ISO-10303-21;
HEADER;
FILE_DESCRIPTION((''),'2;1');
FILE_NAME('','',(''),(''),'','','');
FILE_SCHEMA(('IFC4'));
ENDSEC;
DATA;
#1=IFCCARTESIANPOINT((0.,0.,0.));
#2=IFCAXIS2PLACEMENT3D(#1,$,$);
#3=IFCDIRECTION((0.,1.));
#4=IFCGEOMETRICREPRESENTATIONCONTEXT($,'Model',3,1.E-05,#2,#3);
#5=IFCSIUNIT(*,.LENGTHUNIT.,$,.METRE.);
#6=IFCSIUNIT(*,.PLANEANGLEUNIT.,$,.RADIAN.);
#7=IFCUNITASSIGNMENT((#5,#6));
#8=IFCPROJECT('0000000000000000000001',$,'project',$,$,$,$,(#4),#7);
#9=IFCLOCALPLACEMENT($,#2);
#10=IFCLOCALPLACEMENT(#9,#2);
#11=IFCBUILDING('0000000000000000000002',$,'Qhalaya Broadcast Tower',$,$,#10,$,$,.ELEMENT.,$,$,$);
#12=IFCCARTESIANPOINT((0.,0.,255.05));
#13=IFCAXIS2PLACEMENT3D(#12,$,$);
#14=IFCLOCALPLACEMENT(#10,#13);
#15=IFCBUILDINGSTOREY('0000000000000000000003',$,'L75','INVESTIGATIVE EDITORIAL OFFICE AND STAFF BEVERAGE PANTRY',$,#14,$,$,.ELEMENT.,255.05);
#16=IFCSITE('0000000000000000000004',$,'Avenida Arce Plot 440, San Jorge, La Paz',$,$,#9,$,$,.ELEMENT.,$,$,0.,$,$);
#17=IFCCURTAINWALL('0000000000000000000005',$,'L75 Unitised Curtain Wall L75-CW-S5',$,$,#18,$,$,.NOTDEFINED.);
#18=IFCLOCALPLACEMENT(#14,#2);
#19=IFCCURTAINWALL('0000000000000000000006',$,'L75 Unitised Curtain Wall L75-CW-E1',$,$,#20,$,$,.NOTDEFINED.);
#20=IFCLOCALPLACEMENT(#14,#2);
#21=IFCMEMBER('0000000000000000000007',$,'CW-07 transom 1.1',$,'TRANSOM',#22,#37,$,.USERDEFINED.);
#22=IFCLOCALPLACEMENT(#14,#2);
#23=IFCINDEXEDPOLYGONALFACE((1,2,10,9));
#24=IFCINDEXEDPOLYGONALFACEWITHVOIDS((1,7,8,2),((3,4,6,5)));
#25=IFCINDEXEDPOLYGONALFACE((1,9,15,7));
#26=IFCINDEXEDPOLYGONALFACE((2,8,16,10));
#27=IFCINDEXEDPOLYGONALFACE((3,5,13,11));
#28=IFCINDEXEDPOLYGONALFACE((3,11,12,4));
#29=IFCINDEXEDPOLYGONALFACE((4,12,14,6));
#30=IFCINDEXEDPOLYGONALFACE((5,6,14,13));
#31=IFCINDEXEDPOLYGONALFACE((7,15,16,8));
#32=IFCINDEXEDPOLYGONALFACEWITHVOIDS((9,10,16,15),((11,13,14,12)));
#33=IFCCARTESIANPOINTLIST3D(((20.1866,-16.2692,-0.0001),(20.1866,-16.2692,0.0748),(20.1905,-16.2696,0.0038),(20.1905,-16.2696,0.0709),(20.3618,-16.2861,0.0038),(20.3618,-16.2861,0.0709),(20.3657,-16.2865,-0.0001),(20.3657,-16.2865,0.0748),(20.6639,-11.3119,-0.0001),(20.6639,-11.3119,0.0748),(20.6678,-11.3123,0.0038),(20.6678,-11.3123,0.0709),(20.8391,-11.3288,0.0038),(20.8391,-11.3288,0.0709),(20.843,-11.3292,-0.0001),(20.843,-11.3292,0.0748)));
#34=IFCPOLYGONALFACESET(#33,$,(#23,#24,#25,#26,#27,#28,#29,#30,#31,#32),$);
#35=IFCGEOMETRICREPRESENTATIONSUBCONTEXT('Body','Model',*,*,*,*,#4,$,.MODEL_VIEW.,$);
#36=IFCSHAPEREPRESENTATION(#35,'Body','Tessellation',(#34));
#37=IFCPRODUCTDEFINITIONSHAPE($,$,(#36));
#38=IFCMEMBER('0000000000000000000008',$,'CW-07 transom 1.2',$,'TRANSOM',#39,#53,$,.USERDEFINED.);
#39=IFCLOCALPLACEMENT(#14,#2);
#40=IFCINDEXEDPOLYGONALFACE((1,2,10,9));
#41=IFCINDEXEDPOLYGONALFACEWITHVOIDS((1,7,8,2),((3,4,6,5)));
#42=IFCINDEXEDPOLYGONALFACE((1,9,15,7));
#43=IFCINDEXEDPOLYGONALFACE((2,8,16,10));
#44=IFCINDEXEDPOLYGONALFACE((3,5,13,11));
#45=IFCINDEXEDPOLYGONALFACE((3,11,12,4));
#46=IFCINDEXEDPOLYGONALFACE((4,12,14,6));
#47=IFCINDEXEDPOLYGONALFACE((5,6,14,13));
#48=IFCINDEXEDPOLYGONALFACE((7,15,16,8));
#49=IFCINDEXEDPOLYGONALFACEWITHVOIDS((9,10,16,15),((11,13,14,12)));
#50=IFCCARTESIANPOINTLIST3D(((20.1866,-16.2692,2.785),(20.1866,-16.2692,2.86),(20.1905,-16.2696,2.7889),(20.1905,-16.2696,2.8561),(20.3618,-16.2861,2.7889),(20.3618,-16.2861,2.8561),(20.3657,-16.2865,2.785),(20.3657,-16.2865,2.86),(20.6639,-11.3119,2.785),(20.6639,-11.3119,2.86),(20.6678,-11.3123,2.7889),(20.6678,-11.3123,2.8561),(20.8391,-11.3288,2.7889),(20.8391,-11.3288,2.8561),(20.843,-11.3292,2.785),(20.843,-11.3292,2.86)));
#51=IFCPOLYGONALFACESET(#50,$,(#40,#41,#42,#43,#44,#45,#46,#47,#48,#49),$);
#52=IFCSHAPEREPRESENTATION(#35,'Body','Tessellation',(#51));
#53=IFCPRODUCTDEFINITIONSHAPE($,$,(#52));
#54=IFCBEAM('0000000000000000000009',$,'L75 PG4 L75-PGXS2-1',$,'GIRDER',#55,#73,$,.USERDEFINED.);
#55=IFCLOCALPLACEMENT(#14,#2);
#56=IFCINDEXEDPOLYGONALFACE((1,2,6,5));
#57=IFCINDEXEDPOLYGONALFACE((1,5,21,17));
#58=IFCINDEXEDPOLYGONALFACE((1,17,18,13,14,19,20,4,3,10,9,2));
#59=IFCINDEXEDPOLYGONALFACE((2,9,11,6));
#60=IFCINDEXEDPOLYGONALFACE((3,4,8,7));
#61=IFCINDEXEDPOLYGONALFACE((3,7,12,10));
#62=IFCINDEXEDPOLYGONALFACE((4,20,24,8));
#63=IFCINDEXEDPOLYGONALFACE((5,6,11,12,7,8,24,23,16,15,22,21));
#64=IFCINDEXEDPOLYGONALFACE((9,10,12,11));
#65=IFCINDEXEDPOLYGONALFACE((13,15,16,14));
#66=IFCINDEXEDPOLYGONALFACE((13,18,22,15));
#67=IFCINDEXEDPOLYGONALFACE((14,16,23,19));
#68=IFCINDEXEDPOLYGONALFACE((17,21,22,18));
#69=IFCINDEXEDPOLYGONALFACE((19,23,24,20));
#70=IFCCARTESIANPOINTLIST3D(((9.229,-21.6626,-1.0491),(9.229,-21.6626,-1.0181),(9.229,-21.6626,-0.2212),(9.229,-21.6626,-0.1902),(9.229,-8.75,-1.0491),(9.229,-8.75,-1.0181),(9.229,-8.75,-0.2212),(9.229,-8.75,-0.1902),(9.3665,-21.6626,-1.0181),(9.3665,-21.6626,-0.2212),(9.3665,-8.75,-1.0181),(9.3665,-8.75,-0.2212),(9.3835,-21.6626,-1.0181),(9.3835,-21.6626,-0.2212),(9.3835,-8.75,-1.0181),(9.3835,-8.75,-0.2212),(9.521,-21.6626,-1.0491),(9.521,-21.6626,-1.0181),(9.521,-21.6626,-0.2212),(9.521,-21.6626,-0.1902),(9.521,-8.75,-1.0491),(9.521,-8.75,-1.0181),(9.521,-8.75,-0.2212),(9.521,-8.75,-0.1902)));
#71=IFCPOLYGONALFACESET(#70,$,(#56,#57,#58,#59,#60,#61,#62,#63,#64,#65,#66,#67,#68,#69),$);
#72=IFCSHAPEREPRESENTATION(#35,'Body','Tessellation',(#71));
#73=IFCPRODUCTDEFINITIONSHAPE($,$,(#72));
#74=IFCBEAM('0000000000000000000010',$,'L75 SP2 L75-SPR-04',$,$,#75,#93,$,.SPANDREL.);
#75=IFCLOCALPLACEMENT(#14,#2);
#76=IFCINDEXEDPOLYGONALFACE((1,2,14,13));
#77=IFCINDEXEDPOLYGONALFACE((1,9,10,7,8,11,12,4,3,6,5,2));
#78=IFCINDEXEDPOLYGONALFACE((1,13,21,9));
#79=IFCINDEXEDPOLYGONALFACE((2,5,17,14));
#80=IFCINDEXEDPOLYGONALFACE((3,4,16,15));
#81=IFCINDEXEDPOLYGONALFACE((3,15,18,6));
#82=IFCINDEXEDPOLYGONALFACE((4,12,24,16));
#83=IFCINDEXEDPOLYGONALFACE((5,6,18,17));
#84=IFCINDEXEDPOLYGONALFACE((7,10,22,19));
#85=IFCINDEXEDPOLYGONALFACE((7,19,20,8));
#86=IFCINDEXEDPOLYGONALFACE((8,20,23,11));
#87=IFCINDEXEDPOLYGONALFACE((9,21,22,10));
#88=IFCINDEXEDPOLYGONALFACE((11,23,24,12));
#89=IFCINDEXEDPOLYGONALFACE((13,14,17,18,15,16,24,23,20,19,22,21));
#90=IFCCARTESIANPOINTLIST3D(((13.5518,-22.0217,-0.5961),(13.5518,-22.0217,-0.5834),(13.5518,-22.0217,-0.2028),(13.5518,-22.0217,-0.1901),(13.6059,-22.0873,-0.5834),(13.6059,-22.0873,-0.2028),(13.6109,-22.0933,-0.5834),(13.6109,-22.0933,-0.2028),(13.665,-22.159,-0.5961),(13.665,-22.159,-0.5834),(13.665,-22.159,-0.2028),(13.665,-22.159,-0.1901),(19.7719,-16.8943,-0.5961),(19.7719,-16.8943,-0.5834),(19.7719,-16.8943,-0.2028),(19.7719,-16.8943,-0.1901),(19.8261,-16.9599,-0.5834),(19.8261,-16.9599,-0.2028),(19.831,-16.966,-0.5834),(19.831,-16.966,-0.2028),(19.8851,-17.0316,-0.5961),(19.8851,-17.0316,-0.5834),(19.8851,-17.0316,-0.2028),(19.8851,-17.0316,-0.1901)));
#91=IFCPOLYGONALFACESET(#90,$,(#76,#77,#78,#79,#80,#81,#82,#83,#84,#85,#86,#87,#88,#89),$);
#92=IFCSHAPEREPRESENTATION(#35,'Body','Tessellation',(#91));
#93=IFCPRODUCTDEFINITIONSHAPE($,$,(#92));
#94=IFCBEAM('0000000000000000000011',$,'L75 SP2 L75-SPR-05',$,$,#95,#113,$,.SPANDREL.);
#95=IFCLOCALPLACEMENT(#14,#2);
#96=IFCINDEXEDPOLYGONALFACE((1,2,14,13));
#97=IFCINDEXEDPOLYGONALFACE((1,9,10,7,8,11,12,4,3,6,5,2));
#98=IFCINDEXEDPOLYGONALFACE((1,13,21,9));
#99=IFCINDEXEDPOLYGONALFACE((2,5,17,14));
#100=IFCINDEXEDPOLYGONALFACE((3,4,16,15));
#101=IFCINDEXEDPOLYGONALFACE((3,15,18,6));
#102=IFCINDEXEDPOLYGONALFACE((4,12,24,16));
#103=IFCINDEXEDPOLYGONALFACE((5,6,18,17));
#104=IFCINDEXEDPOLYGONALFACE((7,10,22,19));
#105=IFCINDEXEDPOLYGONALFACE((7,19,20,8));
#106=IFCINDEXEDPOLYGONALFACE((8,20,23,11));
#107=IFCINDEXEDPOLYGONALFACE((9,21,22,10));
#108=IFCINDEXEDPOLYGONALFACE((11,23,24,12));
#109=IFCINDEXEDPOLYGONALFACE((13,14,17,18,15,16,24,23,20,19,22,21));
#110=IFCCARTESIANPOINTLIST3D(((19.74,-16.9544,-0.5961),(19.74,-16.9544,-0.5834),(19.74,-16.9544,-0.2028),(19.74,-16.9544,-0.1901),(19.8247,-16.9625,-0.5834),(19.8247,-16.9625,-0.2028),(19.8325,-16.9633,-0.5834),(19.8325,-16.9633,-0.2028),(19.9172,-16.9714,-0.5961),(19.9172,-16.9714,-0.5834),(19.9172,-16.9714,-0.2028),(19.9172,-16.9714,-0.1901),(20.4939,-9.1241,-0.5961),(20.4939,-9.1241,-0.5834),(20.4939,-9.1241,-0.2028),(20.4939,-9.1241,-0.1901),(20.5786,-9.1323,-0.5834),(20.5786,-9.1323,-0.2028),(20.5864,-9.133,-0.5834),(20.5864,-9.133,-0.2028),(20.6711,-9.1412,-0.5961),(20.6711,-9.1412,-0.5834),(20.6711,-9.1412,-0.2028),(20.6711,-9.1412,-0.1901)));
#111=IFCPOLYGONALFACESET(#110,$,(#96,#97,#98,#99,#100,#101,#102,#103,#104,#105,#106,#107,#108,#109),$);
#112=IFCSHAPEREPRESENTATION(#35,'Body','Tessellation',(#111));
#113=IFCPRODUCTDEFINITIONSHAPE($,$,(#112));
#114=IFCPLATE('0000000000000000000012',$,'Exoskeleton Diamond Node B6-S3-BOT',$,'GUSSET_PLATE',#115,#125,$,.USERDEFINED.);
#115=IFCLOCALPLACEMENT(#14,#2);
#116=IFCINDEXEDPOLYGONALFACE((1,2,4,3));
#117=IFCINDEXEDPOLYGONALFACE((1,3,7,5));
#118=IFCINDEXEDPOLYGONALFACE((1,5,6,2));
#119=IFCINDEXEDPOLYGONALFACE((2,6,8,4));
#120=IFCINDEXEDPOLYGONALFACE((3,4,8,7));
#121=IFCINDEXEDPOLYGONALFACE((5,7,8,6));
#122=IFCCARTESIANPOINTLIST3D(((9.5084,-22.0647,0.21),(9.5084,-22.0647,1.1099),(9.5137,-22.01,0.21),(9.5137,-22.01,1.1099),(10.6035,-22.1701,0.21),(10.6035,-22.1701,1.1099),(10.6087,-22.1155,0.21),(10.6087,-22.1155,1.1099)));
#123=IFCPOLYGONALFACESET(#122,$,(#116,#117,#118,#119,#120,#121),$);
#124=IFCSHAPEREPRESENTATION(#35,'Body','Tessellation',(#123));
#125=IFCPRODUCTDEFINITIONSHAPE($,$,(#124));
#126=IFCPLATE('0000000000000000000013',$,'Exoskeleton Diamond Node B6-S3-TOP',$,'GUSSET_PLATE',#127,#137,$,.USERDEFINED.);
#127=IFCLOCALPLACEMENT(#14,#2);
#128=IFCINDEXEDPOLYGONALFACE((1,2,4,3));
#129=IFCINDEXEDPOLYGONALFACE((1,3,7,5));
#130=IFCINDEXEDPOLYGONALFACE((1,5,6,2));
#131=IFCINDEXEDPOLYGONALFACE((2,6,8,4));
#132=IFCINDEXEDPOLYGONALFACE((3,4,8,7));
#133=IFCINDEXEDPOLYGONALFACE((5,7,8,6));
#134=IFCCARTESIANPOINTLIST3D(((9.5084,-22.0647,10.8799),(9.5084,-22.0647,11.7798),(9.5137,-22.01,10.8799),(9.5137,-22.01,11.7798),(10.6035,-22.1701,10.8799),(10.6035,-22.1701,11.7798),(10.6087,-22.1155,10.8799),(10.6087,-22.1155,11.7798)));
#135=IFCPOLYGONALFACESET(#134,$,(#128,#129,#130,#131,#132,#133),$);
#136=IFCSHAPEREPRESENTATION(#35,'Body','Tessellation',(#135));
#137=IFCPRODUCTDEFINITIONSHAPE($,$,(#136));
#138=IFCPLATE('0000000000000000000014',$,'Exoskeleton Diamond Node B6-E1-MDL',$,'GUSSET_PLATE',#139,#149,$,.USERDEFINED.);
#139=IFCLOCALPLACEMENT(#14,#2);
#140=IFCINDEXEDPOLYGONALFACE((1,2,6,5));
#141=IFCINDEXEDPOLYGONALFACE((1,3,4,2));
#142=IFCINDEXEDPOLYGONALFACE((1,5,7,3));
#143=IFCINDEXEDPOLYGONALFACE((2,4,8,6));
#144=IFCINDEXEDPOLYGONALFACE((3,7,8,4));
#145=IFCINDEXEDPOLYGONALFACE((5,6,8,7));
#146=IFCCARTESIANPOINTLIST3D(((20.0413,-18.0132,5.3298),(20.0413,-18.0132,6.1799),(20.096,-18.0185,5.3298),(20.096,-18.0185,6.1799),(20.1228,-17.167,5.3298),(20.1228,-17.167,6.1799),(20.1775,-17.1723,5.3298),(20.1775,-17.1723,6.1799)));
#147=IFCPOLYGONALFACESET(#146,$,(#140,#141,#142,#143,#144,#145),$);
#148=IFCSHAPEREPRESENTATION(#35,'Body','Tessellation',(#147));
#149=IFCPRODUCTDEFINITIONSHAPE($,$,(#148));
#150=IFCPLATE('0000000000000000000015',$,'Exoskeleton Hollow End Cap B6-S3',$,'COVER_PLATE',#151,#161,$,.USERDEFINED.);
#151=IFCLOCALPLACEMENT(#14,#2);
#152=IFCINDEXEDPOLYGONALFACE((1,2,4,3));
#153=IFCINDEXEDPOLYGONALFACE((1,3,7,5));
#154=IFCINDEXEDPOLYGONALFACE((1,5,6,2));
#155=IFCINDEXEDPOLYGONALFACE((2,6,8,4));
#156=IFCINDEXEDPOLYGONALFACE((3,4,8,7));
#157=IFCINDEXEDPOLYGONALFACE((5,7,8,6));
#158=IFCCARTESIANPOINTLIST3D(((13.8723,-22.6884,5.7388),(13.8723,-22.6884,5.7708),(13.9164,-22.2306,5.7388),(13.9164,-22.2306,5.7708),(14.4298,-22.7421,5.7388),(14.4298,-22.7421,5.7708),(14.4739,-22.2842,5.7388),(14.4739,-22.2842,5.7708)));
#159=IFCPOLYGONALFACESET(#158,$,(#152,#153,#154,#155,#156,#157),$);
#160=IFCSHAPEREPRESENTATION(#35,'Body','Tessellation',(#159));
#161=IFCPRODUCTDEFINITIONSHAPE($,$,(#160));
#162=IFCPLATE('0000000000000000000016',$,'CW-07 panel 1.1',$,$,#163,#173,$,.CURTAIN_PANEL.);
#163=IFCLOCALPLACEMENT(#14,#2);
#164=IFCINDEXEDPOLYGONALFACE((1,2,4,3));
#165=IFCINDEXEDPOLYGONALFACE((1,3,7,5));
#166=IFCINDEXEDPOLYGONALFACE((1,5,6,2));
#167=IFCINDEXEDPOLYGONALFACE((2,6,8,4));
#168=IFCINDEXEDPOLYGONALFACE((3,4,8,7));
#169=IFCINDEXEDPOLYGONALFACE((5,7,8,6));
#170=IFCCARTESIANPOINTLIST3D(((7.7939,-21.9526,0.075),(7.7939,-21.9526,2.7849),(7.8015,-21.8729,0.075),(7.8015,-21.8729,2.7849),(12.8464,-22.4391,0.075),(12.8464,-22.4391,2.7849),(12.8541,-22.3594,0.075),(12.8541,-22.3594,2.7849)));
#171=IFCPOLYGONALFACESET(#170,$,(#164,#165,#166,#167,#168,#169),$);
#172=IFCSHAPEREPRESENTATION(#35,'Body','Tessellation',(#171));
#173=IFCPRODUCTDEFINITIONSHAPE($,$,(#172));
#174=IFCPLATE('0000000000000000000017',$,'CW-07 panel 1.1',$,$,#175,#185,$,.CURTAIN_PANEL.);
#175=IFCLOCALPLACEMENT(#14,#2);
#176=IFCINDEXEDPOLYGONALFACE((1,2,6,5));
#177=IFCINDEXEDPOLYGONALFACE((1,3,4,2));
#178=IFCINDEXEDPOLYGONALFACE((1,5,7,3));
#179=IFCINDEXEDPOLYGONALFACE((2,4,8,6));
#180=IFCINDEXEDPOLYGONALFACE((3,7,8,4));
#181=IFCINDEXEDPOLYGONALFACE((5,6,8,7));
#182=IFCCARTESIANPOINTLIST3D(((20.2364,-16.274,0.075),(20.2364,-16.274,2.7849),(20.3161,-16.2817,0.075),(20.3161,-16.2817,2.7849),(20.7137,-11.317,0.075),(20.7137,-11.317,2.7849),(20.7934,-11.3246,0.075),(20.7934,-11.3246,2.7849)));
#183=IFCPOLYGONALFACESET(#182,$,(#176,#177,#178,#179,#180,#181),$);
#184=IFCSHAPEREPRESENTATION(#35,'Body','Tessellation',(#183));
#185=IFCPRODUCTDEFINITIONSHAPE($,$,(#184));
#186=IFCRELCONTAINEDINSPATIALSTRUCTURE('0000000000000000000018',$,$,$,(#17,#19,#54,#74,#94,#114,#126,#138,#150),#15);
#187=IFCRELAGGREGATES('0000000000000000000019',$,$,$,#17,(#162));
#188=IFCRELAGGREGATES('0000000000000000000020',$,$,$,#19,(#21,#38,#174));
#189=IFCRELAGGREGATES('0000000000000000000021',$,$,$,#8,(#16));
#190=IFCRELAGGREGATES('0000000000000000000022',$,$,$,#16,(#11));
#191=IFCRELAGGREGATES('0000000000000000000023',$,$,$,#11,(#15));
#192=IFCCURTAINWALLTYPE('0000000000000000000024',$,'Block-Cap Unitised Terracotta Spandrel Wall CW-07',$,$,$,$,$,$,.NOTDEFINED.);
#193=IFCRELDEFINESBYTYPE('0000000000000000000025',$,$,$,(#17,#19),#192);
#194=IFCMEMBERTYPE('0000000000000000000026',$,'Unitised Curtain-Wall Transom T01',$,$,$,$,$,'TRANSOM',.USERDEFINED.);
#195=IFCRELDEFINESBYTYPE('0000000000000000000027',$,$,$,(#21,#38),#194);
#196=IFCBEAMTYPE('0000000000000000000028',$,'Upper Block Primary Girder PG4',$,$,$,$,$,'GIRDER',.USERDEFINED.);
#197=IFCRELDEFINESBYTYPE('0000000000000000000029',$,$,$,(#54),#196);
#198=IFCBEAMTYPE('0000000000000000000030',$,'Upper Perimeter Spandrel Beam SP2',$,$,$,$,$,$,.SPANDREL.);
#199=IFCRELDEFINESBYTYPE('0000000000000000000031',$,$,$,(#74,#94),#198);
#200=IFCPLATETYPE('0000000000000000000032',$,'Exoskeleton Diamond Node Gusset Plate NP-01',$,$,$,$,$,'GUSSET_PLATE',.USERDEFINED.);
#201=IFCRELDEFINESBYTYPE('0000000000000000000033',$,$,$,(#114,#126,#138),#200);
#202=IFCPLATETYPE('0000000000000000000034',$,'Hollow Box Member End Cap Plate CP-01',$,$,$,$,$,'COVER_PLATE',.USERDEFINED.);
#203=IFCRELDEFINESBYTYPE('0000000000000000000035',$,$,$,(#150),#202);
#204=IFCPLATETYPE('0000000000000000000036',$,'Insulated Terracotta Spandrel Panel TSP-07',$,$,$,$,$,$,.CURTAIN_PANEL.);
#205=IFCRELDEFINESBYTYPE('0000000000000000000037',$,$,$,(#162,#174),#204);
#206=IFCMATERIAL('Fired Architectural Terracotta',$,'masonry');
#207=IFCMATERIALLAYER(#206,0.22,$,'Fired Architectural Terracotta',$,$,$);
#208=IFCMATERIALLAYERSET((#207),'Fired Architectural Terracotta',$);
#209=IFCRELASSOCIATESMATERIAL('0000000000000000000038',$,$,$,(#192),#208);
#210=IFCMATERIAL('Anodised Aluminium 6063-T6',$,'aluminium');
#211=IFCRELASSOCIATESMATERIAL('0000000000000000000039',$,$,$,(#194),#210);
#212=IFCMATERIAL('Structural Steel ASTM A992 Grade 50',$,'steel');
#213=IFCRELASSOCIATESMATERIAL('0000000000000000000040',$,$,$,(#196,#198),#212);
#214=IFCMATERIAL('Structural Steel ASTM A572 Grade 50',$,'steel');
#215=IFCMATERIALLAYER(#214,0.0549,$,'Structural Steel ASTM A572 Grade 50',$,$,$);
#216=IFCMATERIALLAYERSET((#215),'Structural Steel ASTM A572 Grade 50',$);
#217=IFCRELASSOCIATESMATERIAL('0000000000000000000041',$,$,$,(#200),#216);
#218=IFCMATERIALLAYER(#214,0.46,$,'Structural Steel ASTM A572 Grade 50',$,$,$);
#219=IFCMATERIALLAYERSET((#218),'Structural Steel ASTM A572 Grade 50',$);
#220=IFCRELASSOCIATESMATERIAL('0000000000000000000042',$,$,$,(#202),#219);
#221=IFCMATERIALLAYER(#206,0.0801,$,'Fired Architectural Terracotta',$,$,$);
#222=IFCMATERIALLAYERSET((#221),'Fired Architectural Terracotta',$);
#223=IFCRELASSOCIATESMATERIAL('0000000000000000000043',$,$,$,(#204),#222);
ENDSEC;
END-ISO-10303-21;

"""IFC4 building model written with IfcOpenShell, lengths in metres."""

from ifc_helpers import new_model, si_unit, direction, frame, origin, origin_2d, place, context, subcontext, project, spatial, rectangle, hollow_rectangle, i_section, extrude, material, layer, layer_set, material_profile, profile_set, type_object, element, aggregate, save


model = new_model("IFC4")

# Units and contexts
model_context = context("Model", 3, precision=1e-05, world=origin(), true_north=direction((0.0, 1.0)))
body_context = subcontext(model_context, "Body", "Model", "MODEL_VIEW")
ifc_project = project(units=[si_unit("LENGTHUNIT", "METRE"), si_unit("PLANEANGLEUNIT", "RADIAN")], contexts=[model_context])

# Site, building, storey
site_placement = place(None, origin())
site = spatial("IfcSite", under=ifc_project, at=site_placement, Name="Avenida Arce Plot 440, San Jorge, La Paz", CompositionType="ELEMENT", RefElevation=0.0)
building_placement = place(site_placement, origin())
building = spatial("IfcBuilding", under=site, at=building_placement, Name="Qhalaya Broadcast Tower", CompositionType="ELEMENT")
storey_placement = place(building_placement, frame((0.0, 0.0, 255.05)))
storey = spatial("IfcBuildingStorey", under=building, at=storey_placement, Name="L75", Description="INVESTIGATIVE EDITORIAL OFFICE AND STAFF BEVERAGE PANTRY", CompositionType="ELEMENT", Elevation=255.05)

# Shared definitions
ifc_material_1 = material(Name="Structural Steel ASTM A572 Grade 50", Category="steel")

# Shared definitions
ifc_material_2 = material(Name="Structural Steel ASTM A992 Grade 50", Category="steel")

# Curtain walls
ifc_material_3 = material(Name="Fired Architectural Terracotta", Category="masonry")
ifc_layer_1 = layer(ifc_material_3, 0.22, Name="Fired Architectural Terracotta")
ifc_layer_set_1 = layer_set([ifc_layer_1], Name="Fired Architectural Terracotta")
curtain_wall_type = type_object("IfcCurtainWallType", Name="Block-Cap Unitised Terracotta Spandrel Wall CW-07", PredefinedType="NOTDEFINED", material=ifc_layer_set_1)
curtain_wall_1_placement = place(storey_placement, origin())
curtain_wall_1 = element("IfcCurtainWall", 1, at=curtain_wall_1_placement, inside=storey, type_object=curtain_wall_type, Name="L75 Unitised Curtain Wall L75-CW-S5", PredefinedType="NOTDEFINED")
ifc_material_4 = material(Name="Anodised Aluminium 6063-T6", Category="aluminium")
curtain_wall_2_placement = place(storey_placement, origin())
curtain_wall_2 = element("IfcCurtainWall", 2, at=curtain_wall_2_placement, inside=storey, type_object=curtain_wall_type, Name="L75 Unitised Curtain Wall L75-CW-E1", PredefinedType="NOTDEFINED")

# Members
ifc_material_profile_1 = material_profile(ifc_material_4, hollow_rectangle(XDim=0.075, YDim=0.1799, WallThickness=0.0039, at=origin_2d()), Name="ALU-TRN 75x180x4")
ifc_profile_set_1 = profile_set([ifc_material_profile_1], Name="Anodised Aluminium 6063-T6")
member_type_1 = type_object("IfcMemberType", Name="Unitised Curtain-Wall Transom T01", ElementType="TRANSOM", PredefinedType="USERDEFINED", material=ifc_profile_set_1)
member_1_placement = place(storey_placement, frame((20.2761, -16.2778, 0.0374), z_axis=(0.095839, 0.995397, 0.0), x_axis=(0.0, 0.0, 1.0)))
member_1 = element("IfcMember", 3, at=member_1_placement, type_object=member_type_1, Name="CW-07 transom 1.1", ObjectType="TRANSOM", PredefinedType="USERDEFINED", context=body_context, shape_type="SweptSolid", body=[
    extrude(hollow_rectangle(XDim=0.075, YDim=0.1799, WallThickness=0.0039, at=origin_2d()), origin(), (0.0, 0.0, 1.0), 4.9802),
])
member_2_placement = place(storey_placement, frame((20.2761, -16.2778, 2.8225), z_axis=(0.095839, 0.995397, 0.0), x_axis=(0.0, 0.0, 1.0)))
member_2 = element("IfcMember", 4, at=member_2_placement, type_object=member_type_1, Name="CW-07 transom 1.2", ObjectType="TRANSOM", PredefinedType="USERDEFINED", context=body_context, shape_type="SweptSolid", body=[
    extrude(hollow_rectangle(XDim=0.075, YDim=0.1799, WallThickness=0.0039, at=origin_2d()), origin(), (0.0, 0.0, 1.0), 4.9802),
])

# Beams
ifc_material_profile_2 = material_profile(ifc_material_2, i_section(OverallWidth=0.292, OverallDepth=0.8589, WebThickness=0.0171, FlangeThickness=0.031, at=origin_2d()), Name="W33X169")
ifc_profile_set_2 = profile_set([ifc_material_profile_2], Name="Structural Steel ASTM A992 Grade 50")
beam_type_1 = type_object("IfcBeamType", Name="Upper Block Primary Girder PG4", ElementType="GIRDER", PredefinedType="USERDEFINED", material=ifc_profile_set_2)
beam_1_placement = place(storey_placement, frame((9.375, -21.6626, -0.6196), z_axis=(0.0, 1.0, 0.0), x_axis=(-1.0, 0.0, 0.0)))
element("IfcBeam", 5, at=beam_1_placement, inside=storey, type_object=beam_type_1, Name="L75 PG4 L75-PGXS2-1", ObjectType="GIRDER", PredefinedType="USERDEFINED", context=body_context, shape_type="SweptSolid", body=[
    extrude(i_section(OverallWidth=0.292, OverallDepth=0.8589, WebThickness=0.0171, FlangeThickness=0.031, at=origin_2d()), origin(), (0.0, 0.0, 1.0), 12.9126),
])
ifc_material_profile_3 = material_profile(ifc_material_2, i_section(OverallWidth=0.178, OverallDepth=0.406, WebThickness=0.0078, FlangeThickness=0.0127, at=origin_2d()), Name="W16X40")
ifc_profile_set_3 = profile_set([ifc_material_profile_3], Name="Structural Steel ASTM A992 Grade 50")
beam_type_2 = type_object("IfcBeamType", Name="Upper Perimeter Spandrel Beam SP2", PredefinedType="SPANDREL", material=ifc_profile_set_3)
beam_2_placement = place(storey_placement, frame((13.6084, -22.0903, -0.3931), z_axis=(0.771631, 0.63607, 0.0), x_axis=(-0.63607, 0.771631, 0.0)))
element("IfcBeam", 6, at=beam_2_placement, inside=storey, type_object=beam_type_2, Name="L75 SP2 L75-SPR-04", PredefinedType="SPANDREL", context=body_context, shape_type="SweptSolid", body=[
    extrude(i_section(OverallWidth=0.178, OverallDepth=0.406, WebThickness=0.0078, FlangeThickness=0.0127, at=origin_2d()), origin(), (0.0, 0.0, 1.0), 8.061),
])
beam_3_placement = place(storey_placement, frame((19.8286, -16.9629, -0.3931), z_axis=(0.095837, 0.995397, 0.0), x_axis=(-0.995397, 0.095837, 0.0)))
element("IfcBeam", 7, at=beam_3_placement, inside=storey, type_object=beam_type_2, Name="L75 SP2 L75-SPR-05", PredefinedType="SPANDREL", context=body_context, shape_type="SweptSolid", body=[
    extrude(i_section(OverallWidth=0.178, OverallDepth=0.406, WebThickness=0.0078, FlangeThickness=0.0127, at=origin_2d()), origin(), (0.0, 0.0, 1.0), 7.8665),
])

# Plates
ifc_layer_2 = layer(ifc_material_1, 0.0549, Name="Structural Steel ASTM A572 Grade 50")
ifc_layer_set_2 = layer_set([ifc_layer_2], Name="Structural Steel ASTM A572 Grade 50")
plate_type_1 = type_object("IfcPlateType", Name="Exoskeleton Diamond Node Gusset Plate NP-01", ElementType="GUSSET_PLATE", PredefinedType="USERDEFINED", material=ifc_layer_set_2)
for number, where, z_axis, x_axis, name in (
    (8, (10.0586, -22.0901, 0.21), (0.0, 0.0, 1.0), (0.995396, -0.095846, 0.0), "Exoskeleton Diamond Node B6-S3-BOT"),
    (9, (10.0586, -22.0901, 10.8799), (0.0, 0.0, 1.0), (0.995396, -0.095846, 0.0), "Exoskeleton Diamond Node B6-S3-TOP"),
):
    element("IfcPlate", number, at=place(storey_placement, frame(where, z_axis=z_axis, x_axis=x_axis)), inside=storey, type_object=plate_type_1, Name=name, ObjectType="GUSSET_PLATE", PredefinedType="USERDEFINED", context=body_context, shape_type="SweptSolid", body=[
        extrude(rectangle(XDim=1.1001, YDim=0.0549, at=origin_2d()), origin(), (0.0, 0.0, 1.0), 0.8999),
    ])
plate_1_placement = place(storey_placement, frame((20.1094, -17.5928, 5.3298), z_axis=(0.0, 0.0, 1.0), x_axis=(0.095846, 0.995396, 0.0)))
element("IfcPlate", 10, at=plate_1_placement, inside=storey, type_object=plate_type_1, Name="Exoskeleton Diamond Node B6-E1-MDL", ObjectType="GUSSET_PLATE", PredefinedType="USERDEFINED", context=body_context, shape_type="SweptSolid", body=[
    extrude(rectangle(XDim=0.8501, YDim=0.0549, at=origin_2d()), origin(), (0.0, 0.0, 1.0), 0.8501),
])
ifc_layer_3 = layer(ifc_material_1, 0.46, Name="Structural Steel ASTM A572 Grade 50")
ifc_layer_set_3 = layer_set([ifc_layer_3], Name="Structural Steel ASTM A572 Grade 50")
plate_type_2 = type_object("IfcPlateType", Name="Hollow Box Member End Cap Plate CP-01", ElementType="COVER_PLATE", PredefinedType="USERDEFINED", material=ifc_layer_set_3)
plate_2_placement = place(storey_placement, frame((14.1731, -22.4863, 5.7388), z_axis=(0.0, 0.0, 1.0), x_axis=(0.995396, -0.095846, 0.0)))
element("IfcPlate", 11, at=plate_2_placement, inside=storey, type_object=plate_type_2, Name="Exoskeleton Hollow End Cap B6-S3", ObjectType="COVER_PLATE", PredefinedType="USERDEFINED", context=body_context, shape_type="SweptSolid", body=[
    extrude(rectangle(XDim=0.5601, YDim=0.46, at=origin_2d()), origin(), (0.0, 0.0, 1.0), 0.032),
])

# Plates
ifc_layer_4 = layer(ifc_material_3, 0.0801, Name="Fired Architectural Terracotta")
ifc_layer_set_4 = layer_set([ifc_layer_4], Name="Fired Architectural Terracotta")
plate_type_3 = type_object("IfcPlateType", Name="Insulated Terracotta Spandrel Panel TSP-07", PredefinedType="CURTAIN_PANEL", material=ifc_layer_set_4)
plate_3_placement = place(storey_placement, frame((10.324, -22.156, 0.075), z_axis=(0.0, 0.0, 1.0), x_axis=(0.995396, -0.095848, 0.0)))
plate_3 = element("IfcPlate", 12, at=plate_3_placement, type_object=plate_type_3, Name="CW-07 panel 1.1", PredefinedType="CURTAIN_PANEL", context=body_context, shape_type="SweptSolid", body=[
    extrude(rectangle(XDim=5.0759, YDim=0.0801, at=origin_2d()), origin(), (0.0, 0.0, 1.0), 2.71),
])
aggregate(curtain_wall_1, [plate_3])
plate_4_placement = place(storey_placement, frame((20.5149, -13.7993, 0.075), z_axis=(0.0, 0.0, 1.0), x_axis=(0.095848, 0.995396, 0.0)))
plate_4 = element("IfcPlate", 13, at=plate_4_placement, type_object=plate_type_3, Name="CW-07 panel 1.1", PredefinedType="CURTAIN_PANEL", context=body_context, shape_type="SweptSolid", body=[
    extrude(rectangle(XDim=4.98, YDim=0.0801, at=origin_2d()), origin(), (0.0, 0.0, 1.0), 2.71),
])
aggregate(curtain_wall_2, [member_1, member_2, plate_4])

save(model, "model.ifc")
